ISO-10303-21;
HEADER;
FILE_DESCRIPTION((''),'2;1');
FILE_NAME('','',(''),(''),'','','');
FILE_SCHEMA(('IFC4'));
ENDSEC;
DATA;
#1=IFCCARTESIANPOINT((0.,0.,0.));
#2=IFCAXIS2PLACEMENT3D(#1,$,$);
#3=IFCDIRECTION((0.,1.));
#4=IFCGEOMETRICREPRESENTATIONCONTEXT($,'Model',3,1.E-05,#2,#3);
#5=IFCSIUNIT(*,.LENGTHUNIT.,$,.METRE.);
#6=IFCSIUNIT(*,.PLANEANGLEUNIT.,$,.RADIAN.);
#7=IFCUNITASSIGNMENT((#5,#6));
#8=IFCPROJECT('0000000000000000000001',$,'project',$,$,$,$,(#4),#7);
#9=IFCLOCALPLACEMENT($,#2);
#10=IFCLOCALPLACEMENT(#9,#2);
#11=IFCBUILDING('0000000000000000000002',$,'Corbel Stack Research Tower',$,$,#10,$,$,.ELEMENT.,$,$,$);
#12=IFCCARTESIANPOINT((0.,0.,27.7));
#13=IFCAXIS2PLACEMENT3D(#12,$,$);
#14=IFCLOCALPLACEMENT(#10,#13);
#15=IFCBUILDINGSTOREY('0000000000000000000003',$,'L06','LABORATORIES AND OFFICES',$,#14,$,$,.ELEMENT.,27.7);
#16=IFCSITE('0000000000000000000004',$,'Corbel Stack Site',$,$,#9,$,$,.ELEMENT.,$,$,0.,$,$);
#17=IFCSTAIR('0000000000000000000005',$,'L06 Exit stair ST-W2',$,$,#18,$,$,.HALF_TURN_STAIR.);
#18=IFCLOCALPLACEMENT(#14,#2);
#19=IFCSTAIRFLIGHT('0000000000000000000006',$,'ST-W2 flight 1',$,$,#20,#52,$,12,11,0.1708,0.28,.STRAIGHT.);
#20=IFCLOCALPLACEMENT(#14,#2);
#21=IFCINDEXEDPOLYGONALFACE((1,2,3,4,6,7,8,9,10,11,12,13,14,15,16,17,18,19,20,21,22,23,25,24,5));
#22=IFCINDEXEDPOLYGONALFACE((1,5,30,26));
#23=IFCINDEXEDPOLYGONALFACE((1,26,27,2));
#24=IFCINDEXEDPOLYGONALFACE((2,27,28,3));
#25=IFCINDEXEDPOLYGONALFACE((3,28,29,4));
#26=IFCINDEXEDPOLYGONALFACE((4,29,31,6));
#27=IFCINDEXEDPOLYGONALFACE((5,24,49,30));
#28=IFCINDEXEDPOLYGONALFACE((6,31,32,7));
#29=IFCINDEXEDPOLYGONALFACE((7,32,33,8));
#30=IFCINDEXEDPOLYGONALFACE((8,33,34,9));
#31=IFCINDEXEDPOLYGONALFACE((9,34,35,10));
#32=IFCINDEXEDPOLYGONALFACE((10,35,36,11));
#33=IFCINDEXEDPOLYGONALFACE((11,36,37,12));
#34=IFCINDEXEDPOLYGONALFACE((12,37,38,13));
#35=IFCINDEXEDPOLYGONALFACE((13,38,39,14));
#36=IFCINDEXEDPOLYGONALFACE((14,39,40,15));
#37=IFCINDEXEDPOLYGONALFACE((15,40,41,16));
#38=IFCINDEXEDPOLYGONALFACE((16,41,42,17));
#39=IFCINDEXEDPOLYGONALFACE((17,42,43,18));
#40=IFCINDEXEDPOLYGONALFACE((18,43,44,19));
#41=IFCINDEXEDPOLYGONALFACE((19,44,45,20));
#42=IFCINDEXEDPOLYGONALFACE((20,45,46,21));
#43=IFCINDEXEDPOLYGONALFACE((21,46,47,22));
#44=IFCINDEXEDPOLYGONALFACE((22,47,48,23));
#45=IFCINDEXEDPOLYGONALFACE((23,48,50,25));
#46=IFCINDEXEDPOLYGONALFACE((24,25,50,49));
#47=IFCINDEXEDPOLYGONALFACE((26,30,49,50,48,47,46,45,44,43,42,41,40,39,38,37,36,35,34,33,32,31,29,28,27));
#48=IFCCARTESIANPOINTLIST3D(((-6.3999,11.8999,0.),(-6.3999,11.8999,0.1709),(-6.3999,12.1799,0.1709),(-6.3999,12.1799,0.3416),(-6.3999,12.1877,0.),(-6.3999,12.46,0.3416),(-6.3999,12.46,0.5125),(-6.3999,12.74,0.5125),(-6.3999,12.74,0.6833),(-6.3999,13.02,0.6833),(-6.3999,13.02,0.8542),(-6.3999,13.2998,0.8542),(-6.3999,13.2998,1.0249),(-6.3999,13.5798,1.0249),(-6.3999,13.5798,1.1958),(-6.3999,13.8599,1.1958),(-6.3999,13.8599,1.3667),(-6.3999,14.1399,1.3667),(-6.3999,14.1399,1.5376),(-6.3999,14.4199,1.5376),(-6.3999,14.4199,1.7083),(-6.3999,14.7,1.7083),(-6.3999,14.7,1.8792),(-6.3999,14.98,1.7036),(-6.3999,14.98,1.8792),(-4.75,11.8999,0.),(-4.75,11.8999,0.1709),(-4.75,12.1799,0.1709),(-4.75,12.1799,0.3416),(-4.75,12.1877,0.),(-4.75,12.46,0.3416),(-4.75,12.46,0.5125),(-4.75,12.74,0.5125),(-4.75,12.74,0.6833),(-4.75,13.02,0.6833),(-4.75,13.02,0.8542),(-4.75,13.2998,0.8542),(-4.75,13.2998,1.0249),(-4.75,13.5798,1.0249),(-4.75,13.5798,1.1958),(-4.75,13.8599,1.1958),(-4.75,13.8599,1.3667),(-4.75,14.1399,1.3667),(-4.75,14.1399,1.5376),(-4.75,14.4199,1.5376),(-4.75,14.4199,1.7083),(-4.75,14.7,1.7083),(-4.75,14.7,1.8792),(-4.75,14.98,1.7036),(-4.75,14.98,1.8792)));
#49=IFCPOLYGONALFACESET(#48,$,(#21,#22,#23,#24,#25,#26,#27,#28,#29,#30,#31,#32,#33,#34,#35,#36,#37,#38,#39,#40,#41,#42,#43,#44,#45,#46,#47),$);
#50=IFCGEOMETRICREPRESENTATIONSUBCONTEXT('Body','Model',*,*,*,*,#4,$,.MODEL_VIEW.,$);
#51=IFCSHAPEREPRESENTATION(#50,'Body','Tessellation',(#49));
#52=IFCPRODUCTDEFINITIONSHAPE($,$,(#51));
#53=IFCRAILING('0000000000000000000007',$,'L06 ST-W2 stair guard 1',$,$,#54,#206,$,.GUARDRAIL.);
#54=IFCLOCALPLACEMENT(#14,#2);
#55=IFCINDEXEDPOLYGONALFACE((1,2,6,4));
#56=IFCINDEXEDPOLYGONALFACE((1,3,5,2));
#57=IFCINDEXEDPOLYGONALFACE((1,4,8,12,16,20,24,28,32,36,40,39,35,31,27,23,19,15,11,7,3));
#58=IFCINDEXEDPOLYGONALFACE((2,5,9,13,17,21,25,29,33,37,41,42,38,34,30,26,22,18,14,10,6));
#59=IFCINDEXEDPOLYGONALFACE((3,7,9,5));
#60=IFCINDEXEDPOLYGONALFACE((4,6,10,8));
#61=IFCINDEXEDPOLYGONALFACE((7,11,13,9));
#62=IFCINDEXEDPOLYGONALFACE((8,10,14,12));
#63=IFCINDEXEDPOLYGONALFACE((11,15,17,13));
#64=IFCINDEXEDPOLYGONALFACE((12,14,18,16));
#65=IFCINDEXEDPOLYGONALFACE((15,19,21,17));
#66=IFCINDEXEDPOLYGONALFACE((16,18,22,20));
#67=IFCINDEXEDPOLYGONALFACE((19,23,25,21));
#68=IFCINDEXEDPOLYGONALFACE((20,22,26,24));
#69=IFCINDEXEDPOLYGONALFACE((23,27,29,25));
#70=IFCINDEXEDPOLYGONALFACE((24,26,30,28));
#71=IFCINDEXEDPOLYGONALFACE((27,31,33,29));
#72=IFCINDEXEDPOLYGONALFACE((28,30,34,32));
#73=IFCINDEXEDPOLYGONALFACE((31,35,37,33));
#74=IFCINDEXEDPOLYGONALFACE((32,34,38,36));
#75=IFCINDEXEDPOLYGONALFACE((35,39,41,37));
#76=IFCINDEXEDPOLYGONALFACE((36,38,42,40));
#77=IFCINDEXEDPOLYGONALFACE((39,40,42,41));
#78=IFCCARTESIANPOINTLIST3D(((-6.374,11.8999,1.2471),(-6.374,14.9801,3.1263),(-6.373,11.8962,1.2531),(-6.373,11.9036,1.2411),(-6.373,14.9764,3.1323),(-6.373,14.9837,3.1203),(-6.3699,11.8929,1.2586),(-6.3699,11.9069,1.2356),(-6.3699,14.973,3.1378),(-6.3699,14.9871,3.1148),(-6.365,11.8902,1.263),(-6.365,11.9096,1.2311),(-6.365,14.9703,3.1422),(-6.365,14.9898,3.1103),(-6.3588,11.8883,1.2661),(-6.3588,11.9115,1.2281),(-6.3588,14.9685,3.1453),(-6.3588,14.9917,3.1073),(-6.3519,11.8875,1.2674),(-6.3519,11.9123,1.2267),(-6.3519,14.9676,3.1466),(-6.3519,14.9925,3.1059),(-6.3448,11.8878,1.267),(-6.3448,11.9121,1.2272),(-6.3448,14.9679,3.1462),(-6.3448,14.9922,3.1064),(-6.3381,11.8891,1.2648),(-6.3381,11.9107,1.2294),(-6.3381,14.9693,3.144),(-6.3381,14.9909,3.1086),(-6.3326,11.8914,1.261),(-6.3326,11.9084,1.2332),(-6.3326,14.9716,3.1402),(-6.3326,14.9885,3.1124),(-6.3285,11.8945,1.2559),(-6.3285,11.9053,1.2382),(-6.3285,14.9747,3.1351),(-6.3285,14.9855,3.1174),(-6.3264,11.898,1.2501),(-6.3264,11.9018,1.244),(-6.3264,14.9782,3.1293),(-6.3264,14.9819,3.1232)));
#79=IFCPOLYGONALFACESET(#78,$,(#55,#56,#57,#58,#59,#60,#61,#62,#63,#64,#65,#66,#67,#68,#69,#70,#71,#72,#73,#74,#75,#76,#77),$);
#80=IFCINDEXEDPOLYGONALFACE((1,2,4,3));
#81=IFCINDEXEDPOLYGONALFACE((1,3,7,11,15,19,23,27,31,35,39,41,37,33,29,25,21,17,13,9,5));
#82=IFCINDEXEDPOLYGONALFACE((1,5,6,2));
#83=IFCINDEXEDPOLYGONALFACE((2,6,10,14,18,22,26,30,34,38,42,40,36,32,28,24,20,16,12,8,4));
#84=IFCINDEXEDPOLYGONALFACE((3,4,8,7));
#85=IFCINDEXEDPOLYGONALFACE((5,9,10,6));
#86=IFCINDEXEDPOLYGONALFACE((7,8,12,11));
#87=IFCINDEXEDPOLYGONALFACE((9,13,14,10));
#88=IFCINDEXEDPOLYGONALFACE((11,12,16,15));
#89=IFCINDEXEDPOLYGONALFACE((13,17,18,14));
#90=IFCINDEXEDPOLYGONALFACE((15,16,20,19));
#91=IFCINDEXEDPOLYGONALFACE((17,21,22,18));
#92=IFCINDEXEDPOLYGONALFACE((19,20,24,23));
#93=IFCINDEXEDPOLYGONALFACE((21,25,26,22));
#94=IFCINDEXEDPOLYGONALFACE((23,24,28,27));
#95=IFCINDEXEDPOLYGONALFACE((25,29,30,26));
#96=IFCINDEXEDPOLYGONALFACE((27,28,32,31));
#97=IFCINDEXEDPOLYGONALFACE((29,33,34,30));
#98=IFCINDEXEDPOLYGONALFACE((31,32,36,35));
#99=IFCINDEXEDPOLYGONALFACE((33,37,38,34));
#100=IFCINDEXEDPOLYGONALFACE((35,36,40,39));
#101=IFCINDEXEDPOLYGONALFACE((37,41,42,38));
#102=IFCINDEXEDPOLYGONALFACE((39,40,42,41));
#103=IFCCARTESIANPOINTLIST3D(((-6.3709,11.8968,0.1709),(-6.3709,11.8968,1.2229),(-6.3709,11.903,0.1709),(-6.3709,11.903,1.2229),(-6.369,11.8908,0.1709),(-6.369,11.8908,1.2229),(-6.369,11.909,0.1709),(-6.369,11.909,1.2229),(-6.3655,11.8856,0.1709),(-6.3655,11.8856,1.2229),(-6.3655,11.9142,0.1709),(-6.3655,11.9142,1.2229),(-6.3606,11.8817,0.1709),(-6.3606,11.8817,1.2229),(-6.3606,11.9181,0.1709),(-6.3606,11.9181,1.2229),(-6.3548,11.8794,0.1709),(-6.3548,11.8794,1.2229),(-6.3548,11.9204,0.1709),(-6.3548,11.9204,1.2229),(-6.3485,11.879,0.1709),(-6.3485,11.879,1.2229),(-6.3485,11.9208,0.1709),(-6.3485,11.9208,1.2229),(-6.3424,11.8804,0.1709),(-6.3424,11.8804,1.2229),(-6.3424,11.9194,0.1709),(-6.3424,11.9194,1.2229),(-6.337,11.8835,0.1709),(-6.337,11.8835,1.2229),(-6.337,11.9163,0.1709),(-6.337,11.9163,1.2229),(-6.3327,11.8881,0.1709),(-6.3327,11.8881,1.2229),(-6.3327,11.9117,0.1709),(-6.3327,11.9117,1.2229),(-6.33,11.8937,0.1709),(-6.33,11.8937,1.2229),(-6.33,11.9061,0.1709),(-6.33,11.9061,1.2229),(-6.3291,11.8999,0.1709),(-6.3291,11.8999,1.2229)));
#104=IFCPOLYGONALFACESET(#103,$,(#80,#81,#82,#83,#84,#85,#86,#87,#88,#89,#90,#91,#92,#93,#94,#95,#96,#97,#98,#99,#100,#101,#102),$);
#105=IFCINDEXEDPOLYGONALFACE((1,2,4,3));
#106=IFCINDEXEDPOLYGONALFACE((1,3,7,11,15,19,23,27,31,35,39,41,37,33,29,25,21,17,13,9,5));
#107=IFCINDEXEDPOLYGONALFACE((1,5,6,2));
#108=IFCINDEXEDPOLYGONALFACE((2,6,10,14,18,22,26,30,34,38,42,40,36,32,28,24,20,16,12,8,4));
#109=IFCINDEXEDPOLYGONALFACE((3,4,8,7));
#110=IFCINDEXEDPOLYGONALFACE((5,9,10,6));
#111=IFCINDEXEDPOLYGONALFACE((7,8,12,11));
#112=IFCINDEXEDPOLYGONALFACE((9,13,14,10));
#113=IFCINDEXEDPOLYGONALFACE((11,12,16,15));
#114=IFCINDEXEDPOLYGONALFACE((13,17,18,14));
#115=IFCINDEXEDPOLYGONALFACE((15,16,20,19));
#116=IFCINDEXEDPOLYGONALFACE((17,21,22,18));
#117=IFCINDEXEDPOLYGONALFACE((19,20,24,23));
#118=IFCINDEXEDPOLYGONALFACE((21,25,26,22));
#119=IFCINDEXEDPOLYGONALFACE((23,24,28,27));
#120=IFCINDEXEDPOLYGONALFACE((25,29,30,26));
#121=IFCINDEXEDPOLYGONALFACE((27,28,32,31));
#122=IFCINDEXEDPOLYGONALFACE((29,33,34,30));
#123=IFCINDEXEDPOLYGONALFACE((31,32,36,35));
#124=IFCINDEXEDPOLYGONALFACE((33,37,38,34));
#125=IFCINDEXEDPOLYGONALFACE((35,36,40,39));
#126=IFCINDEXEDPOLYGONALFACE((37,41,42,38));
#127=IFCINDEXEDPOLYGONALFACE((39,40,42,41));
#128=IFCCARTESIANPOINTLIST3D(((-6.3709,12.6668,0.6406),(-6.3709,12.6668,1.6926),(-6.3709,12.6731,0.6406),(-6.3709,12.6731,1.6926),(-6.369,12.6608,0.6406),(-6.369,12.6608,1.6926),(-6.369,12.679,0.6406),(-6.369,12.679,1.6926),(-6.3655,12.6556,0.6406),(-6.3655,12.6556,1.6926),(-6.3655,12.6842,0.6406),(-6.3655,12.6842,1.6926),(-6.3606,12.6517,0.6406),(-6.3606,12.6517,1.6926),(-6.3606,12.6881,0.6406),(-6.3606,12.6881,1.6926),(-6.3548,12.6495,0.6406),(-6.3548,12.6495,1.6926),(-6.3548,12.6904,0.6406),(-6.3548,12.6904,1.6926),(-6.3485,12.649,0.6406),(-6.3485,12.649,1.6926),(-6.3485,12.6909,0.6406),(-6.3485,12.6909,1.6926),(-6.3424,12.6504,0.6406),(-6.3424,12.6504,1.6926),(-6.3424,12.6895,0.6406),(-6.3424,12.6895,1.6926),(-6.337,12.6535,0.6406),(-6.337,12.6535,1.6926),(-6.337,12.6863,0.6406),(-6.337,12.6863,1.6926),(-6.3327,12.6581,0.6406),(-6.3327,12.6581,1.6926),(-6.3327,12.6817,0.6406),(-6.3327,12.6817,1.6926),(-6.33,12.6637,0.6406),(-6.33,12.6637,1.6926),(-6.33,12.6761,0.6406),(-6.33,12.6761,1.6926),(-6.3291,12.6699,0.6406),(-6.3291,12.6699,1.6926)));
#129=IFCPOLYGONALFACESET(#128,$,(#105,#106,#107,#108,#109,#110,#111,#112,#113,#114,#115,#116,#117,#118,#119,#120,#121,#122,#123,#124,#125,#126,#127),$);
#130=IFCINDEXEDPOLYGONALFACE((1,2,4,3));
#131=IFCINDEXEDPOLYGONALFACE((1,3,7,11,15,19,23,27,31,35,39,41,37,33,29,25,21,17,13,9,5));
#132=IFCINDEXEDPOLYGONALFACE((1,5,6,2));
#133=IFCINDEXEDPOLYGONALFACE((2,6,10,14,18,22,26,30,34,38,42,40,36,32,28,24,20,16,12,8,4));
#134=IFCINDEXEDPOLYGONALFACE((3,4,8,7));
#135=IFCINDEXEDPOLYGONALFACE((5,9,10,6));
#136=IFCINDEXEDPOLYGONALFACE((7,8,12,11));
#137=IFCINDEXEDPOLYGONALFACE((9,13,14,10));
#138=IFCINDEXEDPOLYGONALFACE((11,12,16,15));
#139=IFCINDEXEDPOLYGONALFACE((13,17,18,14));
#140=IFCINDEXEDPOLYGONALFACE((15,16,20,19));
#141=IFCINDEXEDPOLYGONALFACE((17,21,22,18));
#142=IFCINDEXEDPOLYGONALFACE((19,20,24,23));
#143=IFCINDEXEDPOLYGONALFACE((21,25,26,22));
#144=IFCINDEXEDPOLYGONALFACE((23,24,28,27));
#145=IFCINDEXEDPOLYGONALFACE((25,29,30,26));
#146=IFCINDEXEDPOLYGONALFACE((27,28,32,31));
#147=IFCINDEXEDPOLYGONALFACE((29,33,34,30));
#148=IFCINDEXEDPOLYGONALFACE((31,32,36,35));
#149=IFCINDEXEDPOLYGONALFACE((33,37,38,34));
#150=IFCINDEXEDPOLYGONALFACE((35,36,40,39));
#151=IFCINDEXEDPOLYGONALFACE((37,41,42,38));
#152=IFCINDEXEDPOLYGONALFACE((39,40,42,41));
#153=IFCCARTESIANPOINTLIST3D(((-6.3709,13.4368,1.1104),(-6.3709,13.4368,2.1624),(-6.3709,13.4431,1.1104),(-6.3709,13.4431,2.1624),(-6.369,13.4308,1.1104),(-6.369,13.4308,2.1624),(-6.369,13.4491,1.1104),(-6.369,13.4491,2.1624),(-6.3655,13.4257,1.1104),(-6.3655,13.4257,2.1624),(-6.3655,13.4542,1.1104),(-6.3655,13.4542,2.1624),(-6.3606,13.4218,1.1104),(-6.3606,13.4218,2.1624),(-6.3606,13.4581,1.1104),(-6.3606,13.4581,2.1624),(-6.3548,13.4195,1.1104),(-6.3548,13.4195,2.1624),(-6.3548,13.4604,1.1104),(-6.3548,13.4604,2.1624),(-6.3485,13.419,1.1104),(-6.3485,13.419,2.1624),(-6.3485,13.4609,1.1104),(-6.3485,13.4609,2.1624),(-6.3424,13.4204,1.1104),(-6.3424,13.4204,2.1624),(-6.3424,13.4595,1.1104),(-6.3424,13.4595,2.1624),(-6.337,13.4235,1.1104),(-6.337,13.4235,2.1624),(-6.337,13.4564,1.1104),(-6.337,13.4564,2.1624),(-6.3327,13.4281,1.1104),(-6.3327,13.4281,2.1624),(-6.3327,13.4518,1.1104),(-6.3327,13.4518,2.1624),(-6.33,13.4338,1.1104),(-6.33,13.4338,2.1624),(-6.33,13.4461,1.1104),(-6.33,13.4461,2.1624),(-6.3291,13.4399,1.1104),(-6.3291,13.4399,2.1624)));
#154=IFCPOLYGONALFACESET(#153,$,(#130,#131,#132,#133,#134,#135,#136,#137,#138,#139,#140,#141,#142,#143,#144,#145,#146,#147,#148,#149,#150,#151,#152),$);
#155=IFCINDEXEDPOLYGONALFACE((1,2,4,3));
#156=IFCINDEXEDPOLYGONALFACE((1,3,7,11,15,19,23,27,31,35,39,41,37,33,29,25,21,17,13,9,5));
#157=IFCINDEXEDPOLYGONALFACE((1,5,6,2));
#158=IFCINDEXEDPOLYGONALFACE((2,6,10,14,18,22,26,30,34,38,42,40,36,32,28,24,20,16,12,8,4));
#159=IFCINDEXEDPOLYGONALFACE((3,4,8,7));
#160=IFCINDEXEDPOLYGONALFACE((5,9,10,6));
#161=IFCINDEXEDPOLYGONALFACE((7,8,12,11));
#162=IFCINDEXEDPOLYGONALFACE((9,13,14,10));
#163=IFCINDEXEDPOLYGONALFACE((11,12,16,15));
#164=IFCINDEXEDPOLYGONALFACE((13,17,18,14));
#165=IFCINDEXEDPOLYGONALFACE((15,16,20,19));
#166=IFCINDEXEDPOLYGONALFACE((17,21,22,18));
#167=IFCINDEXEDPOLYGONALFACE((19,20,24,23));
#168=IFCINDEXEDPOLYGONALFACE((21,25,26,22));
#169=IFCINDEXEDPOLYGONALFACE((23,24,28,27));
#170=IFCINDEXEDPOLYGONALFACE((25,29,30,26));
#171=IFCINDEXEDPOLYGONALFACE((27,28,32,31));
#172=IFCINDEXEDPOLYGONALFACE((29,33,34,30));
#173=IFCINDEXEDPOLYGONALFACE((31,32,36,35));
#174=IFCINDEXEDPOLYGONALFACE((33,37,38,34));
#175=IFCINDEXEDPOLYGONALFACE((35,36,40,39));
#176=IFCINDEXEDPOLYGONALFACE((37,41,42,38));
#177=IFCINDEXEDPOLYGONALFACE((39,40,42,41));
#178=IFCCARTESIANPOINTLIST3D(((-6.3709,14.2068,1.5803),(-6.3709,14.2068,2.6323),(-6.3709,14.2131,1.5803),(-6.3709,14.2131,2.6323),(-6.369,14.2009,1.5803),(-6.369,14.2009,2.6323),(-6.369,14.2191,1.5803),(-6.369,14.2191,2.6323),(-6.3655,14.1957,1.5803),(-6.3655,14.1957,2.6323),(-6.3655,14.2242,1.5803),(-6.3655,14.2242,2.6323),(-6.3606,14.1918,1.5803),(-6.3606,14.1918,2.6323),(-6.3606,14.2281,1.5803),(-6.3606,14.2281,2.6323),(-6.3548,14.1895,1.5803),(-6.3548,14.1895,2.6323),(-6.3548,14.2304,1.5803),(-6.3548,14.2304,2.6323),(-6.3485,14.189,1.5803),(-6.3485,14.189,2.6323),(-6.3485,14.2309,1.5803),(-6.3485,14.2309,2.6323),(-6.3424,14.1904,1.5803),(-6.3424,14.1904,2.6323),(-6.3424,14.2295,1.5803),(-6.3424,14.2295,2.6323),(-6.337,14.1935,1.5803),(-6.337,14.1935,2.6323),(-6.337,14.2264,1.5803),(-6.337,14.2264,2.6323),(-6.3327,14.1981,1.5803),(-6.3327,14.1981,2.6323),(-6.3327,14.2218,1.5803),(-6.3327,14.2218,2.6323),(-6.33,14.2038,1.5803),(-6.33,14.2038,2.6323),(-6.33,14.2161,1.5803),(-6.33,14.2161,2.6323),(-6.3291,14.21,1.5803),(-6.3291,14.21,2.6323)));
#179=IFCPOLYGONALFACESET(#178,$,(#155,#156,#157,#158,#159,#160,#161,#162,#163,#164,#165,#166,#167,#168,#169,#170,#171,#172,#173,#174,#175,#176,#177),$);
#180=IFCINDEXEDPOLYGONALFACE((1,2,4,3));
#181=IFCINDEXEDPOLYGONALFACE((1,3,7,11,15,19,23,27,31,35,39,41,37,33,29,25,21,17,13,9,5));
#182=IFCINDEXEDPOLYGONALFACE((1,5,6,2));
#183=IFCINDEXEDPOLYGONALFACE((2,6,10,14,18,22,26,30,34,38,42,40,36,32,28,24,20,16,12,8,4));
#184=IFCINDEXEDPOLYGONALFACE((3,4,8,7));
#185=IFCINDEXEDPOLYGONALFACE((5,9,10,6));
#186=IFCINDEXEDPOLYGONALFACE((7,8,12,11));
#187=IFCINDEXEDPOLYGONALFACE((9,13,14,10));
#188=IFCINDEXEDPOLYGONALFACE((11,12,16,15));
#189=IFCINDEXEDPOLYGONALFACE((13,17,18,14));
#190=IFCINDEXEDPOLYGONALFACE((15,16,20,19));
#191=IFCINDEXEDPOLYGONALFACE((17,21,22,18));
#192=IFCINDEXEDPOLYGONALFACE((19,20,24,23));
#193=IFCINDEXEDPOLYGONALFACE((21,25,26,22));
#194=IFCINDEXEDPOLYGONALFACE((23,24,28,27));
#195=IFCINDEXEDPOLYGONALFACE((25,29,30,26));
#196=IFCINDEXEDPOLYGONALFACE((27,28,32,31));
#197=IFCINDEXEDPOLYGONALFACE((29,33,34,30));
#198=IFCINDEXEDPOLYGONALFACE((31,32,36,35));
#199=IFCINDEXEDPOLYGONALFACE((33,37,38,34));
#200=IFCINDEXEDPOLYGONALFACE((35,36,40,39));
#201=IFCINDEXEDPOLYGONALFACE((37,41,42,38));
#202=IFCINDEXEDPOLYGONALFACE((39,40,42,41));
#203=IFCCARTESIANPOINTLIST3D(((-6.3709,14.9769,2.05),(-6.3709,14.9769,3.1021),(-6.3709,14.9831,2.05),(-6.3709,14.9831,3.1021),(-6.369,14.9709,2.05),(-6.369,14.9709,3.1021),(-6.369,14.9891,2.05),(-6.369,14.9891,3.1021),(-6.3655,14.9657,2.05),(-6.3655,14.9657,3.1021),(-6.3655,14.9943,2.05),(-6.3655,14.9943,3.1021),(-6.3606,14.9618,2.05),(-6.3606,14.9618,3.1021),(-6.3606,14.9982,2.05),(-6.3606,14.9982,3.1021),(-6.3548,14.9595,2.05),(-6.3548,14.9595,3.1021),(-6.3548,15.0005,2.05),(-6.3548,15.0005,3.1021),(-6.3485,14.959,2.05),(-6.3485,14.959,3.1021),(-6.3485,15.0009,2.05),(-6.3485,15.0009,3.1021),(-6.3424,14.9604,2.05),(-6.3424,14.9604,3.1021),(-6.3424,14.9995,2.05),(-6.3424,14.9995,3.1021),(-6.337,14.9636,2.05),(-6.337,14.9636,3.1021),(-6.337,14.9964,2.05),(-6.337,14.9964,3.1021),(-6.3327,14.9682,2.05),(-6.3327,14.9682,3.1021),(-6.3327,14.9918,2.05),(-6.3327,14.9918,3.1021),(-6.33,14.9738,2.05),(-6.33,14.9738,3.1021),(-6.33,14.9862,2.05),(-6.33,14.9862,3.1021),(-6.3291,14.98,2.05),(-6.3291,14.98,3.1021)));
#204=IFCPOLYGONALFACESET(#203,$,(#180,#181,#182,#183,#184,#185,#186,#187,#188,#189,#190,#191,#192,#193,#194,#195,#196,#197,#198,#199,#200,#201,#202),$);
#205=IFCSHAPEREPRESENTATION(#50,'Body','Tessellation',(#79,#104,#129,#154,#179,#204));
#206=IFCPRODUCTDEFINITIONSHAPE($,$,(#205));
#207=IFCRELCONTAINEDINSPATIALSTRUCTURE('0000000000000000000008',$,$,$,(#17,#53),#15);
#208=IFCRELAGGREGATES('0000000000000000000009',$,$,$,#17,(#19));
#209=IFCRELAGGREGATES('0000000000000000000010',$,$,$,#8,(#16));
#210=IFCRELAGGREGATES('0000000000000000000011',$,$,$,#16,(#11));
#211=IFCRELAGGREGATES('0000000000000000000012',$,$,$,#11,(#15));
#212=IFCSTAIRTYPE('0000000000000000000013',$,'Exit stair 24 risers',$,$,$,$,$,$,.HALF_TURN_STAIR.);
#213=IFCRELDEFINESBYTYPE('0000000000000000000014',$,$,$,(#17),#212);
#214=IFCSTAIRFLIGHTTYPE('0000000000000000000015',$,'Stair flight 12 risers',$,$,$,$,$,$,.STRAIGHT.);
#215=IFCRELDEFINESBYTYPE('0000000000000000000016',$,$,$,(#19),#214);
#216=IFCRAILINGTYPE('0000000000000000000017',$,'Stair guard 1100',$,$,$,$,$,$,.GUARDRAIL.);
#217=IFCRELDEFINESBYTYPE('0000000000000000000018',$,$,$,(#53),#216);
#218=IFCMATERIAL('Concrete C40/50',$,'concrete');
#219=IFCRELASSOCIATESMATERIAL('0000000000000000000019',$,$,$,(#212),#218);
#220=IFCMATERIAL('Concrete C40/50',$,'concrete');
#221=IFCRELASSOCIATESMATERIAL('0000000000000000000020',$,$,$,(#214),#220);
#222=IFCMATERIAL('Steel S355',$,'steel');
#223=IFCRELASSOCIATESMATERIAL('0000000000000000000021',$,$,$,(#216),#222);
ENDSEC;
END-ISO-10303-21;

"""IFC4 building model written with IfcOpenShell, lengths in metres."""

from ifc_helpers import new_model, si_unit, direction, frame, origin, origin_2d, place, context, subcontext, project, spatial, polyline, circle, outline, extrude, material, type_object, element, aggregate, save


model = new_model("IFC4")

# Units and contexts
model_context = context("Model", 3, precision=1e-05, world=origin(), true_north=direction((0.0, 1.0)))
body_context = subcontext(model_context, "Body", "Model", "MODEL_VIEW")
ifc_project = project(units=[si_unit("LENGTHUNIT", "METRE"), si_unit("PLANEANGLEUNIT", "RADIAN")], contexts=[model_context])

# Site, building, storey
site_placement = place(None, origin())
site = spatial("IfcSite", under=ifc_project, at=site_placement, Name="Corbel Stack Site", CompositionType="ELEMENT", RefElevation=0.0)
building_placement = place(site_placement, origin())
building = spatial("IfcBuilding", under=site, at=building_placement, Name="Corbel Stack Research Tower", CompositionType="ELEMENT")
storey_placement = place(building_placement, frame((0.0, 0.0, 27.7)))
storey = spatial("IfcBuildingStorey", under=building, at=storey_placement, Name="L06", Description="LABORATORIES AND OFFICES", CompositionType="ELEMENT", Elevation=27.7)

# Stair, stair flight
ifc_material_1 = material(Name="Concrete C40/50", Category="concrete")
stair_type = type_object("IfcStairType", Name="Exit stair 24 risers", PredefinedType="HALF_TURN_STAIR", material=ifc_material_1)
stair_placement = place(storey_placement, origin())
stair = element("IfcStair", 1, at=stair_placement, inside=storey, type_object=stair_type, Name="L06 Exit stair ST-W2", PredefinedType="HALF_TURN_STAIR")
ifc_material_2 = material(Name="Concrete C40/50", Category="concrete")
stair_flight_type = type_object("IfcStairFlightType", Name="Stair flight 12 risers", PredefinedType="STRAIGHT", material=ifc_material_2)
stair_flight_placement = place(storey_placement, frame((-5.575, 11.8999, 0.0), z_axis=(0.0, 0.0, 1.0), x_axis=(0.0, 1.0, 0.0)))
stair_flight = element("IfcStairFlight", 2, at=stair_flight_placement, type_object=stair_flight_type, Name="ST-W2 flight 1", NumberOfRisers=12, NumberOfTreads=11, PredefinedType="STRAIGHT", RiserHeight=0.1708, TreadLength=0.28, context=body_context, shape_type="SweptSolid", body=[
    extrude(outline(polyline([(0.0, 0.0), (0.0, 0.1709), (0.28, 0.1709), (0.28, 0.3416), (0.5601, 0.3416), (0.5601, 0.5125), (0.8401, 0.5125), (0.8401, 0.6833), (1.1201, 0.6833), (1.1201, 0.8542), (1.3999, 0.8542), (1.3999, 1.0249), (1.6799, 1.0249), (1.6799, 1.1958), (1.96, 1.1958), (1.96, 1.3667), (2.24, 1.3667), (2.24, 1.5376), (2.52, 1.5376), (2.52, 1.7083), (2.8, 1.7083), (2.8, 1.8792), (3.0801, 1.8792), (3.0801, 2.05), (3.0801, 1.7036), (0.2878, 0.0), (0.0, 0.0)])), frame((0.0, 0.825, 0.0), z_axis=(0.0, -1.0, 0.0), x_axis=(1.0, 0.0, 0.0)), (0.0, 0.0, 1.0), 1.6499),
])
aggregate(stair, [stair_flight])

# Railing
ifc_material_3 = material(Name="Steel S355", Category="steel")
railing_type_1 = type_object("IfcRailingType", Name="Stair guard 1100", PredefinedType="GUARDRAIL", material=ifc_material_3)
railing_1_placement = place(storey_placement, frame((-6.3501, 11.8999, 0.1709)))
element("IfcRailing", 3, at=railing_1_placement, inside=storey, type_object=railing_type_1, Name="L06 ST-W2 stair guard 1", PredefinedType="GUARDRAIL", context=body_context, shape_type="SweptSolid", body=[
    extrude(circle(Radius=0.0239, at=origin_2d()), frame((0.0, 0.0, 1.0762), z_axis=(0.0, 0.853666, 0.52082), x_axis=(-1.0, 0.0, 0.0)), (0.0, 0.0, 1.0), 3.6082),
    extrude(circle(Radius=0.021, at=origin_2d()), origin(), (0.0, 0.0, 1.0), 1.052),
    extrude(circle(Radius=0.021, at=origin_2d()), frame((0.0, 0.77, 0.4697)), (0.0, 0.0, 1.0), 1.052),
    extrude(circle(Radius=0.021, at=origin_2d()), frame((0.0, 1.54, 0.9395)), (0.0, 0.0, 1.0), 1.052),
    extrude(circle(Radius=0.021, at=origin_2d()), frame((0.0, 2.3101, 1.4094)), (0.0, 0.0, 1.0), 1.052),
    extrude(circle(Radius=0.021, at=origin_2d()), frame((0.0, 3.0801, 1.8792)), (0.0, 0.0, 1.0), 1.052),
])

save(model, "model.ifc")
